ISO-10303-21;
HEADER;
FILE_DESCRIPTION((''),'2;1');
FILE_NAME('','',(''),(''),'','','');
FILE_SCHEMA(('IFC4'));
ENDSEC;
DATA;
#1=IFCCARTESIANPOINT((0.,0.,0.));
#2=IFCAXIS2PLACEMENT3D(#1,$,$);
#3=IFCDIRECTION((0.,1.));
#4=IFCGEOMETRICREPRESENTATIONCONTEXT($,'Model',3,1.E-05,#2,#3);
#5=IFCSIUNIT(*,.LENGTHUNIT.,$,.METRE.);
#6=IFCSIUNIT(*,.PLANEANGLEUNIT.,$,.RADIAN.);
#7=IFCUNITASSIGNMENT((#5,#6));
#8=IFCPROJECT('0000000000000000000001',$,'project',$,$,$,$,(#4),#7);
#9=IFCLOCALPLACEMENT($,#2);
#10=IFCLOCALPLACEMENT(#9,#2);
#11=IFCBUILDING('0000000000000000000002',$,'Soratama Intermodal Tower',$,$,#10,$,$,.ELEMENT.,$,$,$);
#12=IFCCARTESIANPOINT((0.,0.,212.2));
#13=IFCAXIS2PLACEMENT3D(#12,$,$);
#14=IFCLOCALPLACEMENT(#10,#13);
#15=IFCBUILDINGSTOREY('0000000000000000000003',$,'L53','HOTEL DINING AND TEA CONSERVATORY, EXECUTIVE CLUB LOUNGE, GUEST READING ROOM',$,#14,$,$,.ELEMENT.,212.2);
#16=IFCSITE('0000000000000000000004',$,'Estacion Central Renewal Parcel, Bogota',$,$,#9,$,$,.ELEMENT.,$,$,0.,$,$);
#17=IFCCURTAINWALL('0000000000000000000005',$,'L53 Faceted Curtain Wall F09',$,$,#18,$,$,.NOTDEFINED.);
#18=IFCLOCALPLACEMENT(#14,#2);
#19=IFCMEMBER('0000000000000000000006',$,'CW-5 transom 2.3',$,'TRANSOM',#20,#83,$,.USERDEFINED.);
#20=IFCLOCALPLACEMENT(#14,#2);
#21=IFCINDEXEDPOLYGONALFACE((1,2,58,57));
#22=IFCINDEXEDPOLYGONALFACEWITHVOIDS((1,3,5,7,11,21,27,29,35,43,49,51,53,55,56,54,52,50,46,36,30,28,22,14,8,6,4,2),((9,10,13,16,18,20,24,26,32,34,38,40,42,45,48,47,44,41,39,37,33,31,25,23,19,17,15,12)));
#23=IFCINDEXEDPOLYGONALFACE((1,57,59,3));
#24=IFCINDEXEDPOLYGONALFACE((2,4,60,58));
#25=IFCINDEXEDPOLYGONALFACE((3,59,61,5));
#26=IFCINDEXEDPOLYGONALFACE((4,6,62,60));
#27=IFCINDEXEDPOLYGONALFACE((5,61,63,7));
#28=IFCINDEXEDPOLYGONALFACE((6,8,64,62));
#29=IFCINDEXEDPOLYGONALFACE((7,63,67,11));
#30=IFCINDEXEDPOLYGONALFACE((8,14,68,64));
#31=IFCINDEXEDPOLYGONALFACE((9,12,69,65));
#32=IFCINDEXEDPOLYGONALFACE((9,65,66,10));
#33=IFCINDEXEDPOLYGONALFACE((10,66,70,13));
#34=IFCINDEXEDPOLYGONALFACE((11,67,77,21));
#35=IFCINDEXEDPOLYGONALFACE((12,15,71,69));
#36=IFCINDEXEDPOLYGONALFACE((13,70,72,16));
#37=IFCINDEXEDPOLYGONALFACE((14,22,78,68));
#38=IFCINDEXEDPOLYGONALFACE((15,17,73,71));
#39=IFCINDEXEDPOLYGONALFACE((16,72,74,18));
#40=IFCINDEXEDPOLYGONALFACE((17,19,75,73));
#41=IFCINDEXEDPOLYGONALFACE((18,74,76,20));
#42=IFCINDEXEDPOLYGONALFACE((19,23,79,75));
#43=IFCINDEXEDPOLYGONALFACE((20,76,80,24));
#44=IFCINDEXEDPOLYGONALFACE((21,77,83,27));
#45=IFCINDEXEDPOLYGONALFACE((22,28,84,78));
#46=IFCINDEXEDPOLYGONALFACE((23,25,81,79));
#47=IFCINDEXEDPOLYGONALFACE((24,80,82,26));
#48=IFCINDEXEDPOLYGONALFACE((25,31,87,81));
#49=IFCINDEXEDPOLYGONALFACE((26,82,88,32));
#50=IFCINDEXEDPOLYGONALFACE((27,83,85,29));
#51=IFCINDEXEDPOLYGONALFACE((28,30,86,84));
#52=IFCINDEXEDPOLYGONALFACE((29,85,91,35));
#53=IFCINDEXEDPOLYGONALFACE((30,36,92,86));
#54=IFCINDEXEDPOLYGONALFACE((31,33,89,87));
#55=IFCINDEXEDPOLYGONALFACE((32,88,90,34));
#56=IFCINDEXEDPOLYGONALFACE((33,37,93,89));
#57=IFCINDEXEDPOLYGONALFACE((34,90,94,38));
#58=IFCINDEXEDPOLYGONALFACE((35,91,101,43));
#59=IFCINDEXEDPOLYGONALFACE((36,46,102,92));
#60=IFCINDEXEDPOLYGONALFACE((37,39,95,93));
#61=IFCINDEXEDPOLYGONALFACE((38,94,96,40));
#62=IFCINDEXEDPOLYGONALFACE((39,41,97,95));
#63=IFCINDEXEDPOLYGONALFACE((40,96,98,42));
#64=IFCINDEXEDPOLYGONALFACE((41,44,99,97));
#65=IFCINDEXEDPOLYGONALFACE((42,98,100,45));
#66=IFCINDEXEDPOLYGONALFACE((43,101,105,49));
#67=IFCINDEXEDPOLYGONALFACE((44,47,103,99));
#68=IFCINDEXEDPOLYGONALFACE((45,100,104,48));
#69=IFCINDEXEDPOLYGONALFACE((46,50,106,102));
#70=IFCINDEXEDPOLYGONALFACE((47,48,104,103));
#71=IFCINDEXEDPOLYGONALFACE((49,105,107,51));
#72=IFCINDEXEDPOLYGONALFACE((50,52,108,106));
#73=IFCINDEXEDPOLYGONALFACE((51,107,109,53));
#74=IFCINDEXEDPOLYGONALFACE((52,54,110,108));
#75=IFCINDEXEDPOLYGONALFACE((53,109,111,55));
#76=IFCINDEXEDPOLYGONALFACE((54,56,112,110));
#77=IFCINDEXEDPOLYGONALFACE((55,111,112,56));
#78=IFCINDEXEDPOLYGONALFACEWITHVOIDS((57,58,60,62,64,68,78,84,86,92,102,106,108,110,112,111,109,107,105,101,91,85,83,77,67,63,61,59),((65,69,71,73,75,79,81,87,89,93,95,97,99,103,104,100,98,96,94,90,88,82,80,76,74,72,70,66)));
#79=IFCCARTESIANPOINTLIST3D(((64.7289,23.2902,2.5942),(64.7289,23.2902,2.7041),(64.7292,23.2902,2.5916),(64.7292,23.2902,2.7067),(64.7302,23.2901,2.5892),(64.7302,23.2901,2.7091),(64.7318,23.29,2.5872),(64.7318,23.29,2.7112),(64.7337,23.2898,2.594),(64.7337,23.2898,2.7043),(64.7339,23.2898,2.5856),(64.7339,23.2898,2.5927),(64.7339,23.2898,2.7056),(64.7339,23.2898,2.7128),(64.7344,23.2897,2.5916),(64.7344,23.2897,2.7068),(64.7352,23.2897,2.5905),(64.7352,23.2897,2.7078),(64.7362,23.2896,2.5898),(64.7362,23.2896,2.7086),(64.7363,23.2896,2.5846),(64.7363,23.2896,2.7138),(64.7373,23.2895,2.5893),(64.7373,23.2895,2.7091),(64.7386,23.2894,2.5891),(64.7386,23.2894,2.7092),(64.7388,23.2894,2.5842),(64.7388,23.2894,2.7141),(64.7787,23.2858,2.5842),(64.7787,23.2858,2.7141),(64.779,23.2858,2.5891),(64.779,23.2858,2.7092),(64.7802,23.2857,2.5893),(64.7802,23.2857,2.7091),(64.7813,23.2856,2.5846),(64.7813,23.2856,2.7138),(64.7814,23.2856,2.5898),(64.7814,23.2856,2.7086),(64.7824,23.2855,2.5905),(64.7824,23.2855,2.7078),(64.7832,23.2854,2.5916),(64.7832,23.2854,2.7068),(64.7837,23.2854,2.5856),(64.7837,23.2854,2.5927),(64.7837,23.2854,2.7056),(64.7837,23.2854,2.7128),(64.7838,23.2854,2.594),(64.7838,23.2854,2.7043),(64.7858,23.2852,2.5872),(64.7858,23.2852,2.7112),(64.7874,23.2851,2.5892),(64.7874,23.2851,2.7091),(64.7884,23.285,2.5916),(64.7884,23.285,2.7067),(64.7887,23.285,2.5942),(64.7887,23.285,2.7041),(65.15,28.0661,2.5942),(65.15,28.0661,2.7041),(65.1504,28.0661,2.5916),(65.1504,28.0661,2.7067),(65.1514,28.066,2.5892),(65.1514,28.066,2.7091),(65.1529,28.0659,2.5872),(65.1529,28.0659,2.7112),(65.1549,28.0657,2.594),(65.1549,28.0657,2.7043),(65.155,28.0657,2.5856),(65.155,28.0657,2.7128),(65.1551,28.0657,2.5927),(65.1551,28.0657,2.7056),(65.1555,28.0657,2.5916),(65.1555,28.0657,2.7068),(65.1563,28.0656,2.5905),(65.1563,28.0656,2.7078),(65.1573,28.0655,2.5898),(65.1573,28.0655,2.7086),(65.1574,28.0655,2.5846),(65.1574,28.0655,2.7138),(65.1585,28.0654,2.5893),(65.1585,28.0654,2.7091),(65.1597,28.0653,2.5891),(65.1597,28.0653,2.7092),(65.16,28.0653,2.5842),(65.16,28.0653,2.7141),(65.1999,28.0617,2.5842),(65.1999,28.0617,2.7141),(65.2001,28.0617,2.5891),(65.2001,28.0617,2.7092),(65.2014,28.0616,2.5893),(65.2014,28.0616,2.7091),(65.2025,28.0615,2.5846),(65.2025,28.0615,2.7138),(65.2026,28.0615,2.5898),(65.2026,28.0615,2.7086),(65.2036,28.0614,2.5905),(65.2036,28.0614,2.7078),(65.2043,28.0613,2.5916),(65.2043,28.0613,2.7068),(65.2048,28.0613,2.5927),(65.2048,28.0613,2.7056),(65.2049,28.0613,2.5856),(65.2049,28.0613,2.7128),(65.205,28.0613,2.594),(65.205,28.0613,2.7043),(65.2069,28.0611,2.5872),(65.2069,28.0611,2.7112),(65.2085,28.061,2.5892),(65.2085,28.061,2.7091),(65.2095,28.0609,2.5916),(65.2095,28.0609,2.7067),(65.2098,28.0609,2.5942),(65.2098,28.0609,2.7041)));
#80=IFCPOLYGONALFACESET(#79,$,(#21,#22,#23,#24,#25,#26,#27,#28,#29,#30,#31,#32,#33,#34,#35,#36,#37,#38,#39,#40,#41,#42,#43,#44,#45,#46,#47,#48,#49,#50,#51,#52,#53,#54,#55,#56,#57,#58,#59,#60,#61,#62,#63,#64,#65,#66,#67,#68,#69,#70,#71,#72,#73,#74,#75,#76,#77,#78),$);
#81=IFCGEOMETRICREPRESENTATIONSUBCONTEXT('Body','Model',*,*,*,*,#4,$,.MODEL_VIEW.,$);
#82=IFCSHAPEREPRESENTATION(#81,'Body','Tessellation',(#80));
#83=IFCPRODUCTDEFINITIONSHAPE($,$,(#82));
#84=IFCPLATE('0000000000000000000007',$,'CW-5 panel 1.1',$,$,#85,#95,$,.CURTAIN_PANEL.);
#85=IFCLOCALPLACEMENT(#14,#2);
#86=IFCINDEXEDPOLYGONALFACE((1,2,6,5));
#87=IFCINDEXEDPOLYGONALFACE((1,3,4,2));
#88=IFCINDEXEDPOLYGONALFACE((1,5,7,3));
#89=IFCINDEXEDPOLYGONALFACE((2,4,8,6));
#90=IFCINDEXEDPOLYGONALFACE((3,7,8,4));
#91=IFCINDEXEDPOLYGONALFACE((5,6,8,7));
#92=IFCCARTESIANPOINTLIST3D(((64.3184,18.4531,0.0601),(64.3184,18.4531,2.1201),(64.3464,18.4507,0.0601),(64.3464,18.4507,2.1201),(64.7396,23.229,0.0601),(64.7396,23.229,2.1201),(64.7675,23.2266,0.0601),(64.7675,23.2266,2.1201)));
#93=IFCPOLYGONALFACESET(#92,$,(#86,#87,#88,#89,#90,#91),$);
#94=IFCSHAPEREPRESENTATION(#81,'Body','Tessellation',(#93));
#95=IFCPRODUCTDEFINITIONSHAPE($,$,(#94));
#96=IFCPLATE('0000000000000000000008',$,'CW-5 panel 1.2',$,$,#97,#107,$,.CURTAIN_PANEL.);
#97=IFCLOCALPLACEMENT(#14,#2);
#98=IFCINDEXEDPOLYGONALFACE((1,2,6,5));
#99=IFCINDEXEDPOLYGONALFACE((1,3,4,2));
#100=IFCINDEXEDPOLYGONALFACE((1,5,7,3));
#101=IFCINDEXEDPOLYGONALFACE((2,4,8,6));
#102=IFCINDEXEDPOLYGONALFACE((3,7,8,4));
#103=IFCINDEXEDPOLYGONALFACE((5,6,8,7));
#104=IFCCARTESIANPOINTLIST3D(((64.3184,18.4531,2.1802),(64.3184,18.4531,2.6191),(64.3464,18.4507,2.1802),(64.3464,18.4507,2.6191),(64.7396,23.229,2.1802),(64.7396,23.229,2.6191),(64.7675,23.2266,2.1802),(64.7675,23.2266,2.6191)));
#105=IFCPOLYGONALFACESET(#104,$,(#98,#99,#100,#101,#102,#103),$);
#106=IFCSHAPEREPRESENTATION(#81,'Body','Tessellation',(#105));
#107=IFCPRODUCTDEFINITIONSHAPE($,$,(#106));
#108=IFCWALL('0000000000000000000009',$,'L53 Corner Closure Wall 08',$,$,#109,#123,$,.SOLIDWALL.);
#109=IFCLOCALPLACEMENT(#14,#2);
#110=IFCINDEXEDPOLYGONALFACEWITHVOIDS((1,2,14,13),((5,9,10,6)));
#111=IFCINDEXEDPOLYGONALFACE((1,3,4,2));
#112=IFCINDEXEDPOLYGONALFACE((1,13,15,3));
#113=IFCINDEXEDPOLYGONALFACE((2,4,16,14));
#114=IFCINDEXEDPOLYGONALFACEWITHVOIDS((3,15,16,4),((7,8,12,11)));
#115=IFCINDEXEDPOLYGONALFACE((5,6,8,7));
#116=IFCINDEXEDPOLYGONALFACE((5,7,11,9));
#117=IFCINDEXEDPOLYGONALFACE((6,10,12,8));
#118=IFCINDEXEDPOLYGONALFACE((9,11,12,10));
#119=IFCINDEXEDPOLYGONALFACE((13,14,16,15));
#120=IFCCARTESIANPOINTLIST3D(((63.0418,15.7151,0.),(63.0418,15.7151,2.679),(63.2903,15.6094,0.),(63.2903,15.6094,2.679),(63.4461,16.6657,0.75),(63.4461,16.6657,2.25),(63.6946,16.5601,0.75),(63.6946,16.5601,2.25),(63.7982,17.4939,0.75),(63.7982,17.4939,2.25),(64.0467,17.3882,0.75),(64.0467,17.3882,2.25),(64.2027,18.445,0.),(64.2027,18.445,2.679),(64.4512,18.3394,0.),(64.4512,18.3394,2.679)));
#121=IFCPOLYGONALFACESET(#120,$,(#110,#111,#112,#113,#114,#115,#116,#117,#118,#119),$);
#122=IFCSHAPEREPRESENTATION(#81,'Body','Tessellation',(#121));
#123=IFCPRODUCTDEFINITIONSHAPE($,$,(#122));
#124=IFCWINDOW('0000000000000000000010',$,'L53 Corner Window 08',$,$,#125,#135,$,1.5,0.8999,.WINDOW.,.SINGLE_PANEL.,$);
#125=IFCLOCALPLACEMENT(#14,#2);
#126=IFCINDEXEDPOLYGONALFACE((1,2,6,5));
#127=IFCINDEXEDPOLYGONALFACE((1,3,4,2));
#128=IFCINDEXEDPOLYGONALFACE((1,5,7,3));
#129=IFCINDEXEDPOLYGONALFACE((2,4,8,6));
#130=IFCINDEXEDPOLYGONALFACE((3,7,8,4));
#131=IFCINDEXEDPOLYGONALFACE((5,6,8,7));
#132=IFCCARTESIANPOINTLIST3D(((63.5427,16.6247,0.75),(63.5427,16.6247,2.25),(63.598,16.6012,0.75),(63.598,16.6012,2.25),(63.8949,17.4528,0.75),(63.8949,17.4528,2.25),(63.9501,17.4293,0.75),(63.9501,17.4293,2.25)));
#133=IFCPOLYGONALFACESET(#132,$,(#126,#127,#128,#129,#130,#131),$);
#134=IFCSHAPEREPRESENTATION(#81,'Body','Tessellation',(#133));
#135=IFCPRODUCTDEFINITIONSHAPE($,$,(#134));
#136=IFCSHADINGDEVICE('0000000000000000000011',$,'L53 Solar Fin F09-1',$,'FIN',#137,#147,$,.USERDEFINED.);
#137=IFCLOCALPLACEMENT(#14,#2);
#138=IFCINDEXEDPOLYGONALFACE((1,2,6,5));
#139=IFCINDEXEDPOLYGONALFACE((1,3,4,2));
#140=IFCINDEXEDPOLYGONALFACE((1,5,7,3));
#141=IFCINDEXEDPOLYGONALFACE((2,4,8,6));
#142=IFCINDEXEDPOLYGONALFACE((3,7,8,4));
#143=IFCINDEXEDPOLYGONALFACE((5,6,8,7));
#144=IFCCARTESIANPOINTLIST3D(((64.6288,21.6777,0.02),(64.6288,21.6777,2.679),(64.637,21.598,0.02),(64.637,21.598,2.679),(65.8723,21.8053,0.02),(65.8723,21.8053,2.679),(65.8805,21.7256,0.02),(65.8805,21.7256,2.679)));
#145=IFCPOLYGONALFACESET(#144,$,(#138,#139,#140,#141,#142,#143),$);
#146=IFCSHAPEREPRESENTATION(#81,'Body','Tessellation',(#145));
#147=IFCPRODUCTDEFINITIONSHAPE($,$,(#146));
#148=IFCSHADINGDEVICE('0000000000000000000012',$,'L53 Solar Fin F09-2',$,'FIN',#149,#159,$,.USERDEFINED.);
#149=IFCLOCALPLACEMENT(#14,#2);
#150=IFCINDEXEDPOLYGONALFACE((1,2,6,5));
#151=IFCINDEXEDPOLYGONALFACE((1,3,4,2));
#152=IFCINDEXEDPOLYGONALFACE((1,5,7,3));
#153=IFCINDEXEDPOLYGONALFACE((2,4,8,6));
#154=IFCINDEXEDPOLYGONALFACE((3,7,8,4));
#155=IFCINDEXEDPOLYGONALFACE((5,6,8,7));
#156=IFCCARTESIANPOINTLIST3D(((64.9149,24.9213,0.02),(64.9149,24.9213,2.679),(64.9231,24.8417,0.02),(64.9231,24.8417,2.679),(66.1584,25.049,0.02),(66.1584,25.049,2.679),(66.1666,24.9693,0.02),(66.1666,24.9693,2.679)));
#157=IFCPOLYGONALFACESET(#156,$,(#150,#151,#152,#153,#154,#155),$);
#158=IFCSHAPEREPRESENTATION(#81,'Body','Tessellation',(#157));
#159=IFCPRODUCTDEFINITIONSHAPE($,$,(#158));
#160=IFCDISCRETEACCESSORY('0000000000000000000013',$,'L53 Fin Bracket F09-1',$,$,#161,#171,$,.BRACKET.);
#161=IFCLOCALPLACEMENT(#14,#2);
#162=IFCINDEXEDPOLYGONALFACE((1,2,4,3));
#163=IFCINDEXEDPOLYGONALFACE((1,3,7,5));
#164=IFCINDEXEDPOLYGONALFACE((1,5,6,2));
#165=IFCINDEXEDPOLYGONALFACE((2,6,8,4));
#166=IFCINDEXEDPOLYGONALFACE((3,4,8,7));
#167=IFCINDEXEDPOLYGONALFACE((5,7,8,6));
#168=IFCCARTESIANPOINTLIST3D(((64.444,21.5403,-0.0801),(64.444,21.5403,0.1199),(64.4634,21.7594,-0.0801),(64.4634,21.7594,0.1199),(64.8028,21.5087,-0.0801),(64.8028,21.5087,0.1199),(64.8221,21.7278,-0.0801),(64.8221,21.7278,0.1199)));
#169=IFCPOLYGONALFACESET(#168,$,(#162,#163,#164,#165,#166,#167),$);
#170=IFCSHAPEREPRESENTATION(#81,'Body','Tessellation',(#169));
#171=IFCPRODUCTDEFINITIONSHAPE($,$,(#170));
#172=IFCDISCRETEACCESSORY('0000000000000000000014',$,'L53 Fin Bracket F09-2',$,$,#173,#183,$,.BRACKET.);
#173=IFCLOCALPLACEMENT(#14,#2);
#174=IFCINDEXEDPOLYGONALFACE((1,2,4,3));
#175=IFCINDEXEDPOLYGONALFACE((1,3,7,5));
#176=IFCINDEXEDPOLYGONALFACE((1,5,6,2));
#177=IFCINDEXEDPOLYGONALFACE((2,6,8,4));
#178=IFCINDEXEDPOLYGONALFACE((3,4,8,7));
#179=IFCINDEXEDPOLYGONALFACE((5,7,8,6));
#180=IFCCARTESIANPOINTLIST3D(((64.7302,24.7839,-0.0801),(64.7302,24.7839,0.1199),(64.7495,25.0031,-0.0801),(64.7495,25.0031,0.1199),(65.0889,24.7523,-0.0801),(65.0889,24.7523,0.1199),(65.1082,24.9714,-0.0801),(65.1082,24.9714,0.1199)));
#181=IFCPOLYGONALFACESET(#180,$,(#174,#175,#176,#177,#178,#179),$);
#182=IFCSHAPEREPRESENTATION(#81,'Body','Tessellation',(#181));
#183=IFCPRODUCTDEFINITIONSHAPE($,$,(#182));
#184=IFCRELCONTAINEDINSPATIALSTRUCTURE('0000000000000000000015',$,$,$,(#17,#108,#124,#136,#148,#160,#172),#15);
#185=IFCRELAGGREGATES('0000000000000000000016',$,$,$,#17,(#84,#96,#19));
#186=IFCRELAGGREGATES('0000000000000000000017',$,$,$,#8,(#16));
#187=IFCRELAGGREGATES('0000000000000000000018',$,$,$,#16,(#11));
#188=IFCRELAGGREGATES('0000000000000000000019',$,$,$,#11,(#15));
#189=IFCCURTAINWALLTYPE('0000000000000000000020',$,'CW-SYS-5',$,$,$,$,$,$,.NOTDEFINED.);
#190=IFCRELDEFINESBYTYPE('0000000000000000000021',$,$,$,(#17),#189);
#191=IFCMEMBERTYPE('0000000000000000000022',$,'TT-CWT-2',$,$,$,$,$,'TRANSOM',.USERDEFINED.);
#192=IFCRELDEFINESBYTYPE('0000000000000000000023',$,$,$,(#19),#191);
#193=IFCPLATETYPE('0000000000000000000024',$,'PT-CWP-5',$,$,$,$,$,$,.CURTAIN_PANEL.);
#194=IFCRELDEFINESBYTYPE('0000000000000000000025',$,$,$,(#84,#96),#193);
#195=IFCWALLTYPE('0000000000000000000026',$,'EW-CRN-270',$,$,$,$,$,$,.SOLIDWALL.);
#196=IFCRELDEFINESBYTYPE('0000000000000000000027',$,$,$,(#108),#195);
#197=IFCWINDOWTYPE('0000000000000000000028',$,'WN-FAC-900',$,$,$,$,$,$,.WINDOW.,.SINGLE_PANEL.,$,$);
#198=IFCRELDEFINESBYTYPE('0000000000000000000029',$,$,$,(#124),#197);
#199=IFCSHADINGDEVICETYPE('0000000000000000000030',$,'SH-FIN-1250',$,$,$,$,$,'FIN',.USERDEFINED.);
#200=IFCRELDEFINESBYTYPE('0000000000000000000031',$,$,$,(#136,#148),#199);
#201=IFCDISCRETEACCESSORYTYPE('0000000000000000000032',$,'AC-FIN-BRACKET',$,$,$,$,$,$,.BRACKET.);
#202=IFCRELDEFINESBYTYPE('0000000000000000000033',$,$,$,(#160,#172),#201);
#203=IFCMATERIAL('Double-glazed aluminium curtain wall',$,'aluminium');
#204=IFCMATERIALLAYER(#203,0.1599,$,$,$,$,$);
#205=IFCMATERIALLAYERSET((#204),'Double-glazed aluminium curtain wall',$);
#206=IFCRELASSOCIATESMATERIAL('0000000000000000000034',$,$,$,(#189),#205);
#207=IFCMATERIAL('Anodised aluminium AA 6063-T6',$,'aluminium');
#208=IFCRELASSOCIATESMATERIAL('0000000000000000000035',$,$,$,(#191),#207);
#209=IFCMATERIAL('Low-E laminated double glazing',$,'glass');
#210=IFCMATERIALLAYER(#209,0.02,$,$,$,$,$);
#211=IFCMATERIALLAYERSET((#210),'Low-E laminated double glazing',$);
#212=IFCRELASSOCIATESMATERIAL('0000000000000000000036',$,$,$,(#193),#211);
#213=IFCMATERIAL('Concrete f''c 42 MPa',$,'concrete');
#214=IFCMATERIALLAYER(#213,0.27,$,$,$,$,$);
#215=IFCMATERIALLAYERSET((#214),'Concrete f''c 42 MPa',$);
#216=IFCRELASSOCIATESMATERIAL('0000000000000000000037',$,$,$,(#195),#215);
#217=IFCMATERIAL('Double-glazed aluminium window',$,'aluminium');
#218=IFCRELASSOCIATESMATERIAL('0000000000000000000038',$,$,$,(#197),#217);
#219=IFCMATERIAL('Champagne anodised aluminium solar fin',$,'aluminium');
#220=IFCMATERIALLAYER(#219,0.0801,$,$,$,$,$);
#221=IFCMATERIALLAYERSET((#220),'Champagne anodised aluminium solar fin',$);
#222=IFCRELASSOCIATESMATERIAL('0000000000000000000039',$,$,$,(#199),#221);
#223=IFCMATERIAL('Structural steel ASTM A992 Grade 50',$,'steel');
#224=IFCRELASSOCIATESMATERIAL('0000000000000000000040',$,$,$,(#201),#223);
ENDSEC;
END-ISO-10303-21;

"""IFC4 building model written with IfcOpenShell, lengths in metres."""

from ifc_helpers import new_model, si_unit, direction, frame, frame_2d, origin, origin_2d, place, context, subcontext, project, spatial, rectangle, hollow_rectangle, extrude, material, layer, layer_set, material_profile, profile_set, type_object, element, fill, aggregate, save


model = new_model("IFC4")

# Units and contexts
model_context = context("Model", 3, precision=1e-05, world=origin(), true_north=direction((0.0, 1.0)))
body_context = subcontext(model_context, "Body", "Model", "MODEL_VIEW")
ifc_project = project(units=[si_unit("LENGTHUNIT", "METRE"), si_unit("PLANEANGLEUNIT", "RADIAN")], contexts=[model_context])

# Site, building, storey
site_placement = place(None, origin())
site = spatial("IfcSite", under=ifc_project, at=site_placement, Name="Estacion Central Renewal Parcel, Bogota", CompositionType="ELEMENT", RefElevation=0.0)
building_placement = place(site_placement, origin())
building = spatial("IfcBuilding", under=site, at=building_placement, Name="Soratama Intermodal Tower", CompositionType="ELEMENT")
storey_placement = place(building_placement, frame((0.0, 0.0, 212.2)))
storey = spatial("IfcBuildingStorey", under=building, at=storey_placement, Name="L53", Description="HOTEL DINING AND TEA CONSERVATORY, EXECUTIVE CLUB LOUNGE, GUEST READING ROOM", CompositionType="ELEMENT", Elevation=212.2)

# Shared definitions
ifc_material_1 = material(Name="Double-glazed aluminium curtain wall", Category="aluminium")
ifc_layer_1 = layer(ifc_material_1, 0.1599)
ifc_layer_set_1 = layer_set([ifc_layer_1], Name="Double-glazed aluminium curtain wall")
curtain_wall_type = type_object("IfcCurtainWallType", Name="CW-SYS-5", PredefinedType="NOTDEFINED", material=ifc_layer_set_1)

# Curtain wall, member, plates
curtain_wall_1_placement = place(storey_placement, origin())
curtain_wall_1 = element("IfcCurtainWall", 1, at=curtain_wall_1_placement, inside=storey, type_object=curtain_wall_type, Name="L53 Faceted Curtain Wall F09", PredefinedType="NOTDEFINED")
ifc_material_2 = material(Name="Anodised aluminium AA 6063-T6", Category="aluminium")
ifc_material_profile_1 = material_profile(ifc_material_2, hollow_rectangle(XDim=0.0601, YDim=0.1299, WallThickness=0.0049, InnerFilletRadius=0.0049, OuterFilletRadius=0.01, at=origin_2d()), Name="CWT130X60X5")
ifc_profile_set_1 = profile_set([ifc_material_profile_1], Name="Anodised aluminium AA 6063-T6")
member_type_1 = type_object("IfcMemberType", Name="TT-CWT-2", ElementType="TRANSOM", PredefinedType="USERDEFINED", material=ifc_profile_set_1)
member_1_placement = place(storey_placement, frame((64.7588, 23.2876, 2.6492), z_axis=(0.08784, 0.996135, 0.0), x_axis=(-0.996135, 0.08784, 0.0)))
member_1 = element("IfcMember", 2, at=member_1_placement, type_object=member_type_1, Name="CW-5 transom 2.3", ObjectType="TRANSOM", PredefinedType="USERDEFINED", context=body_context, shape_type="SweptSolid", body=[
    extrude(hollow_rectangle(XDim=0.0601, YDim=0.1299, WallThickness=0.0049, InnerFilletRadius=0.0049, OuterFilletRadius=0.01, at=origin_2d()), origin(), (0.0, 0.0, 1.0), 4.7944),
])
ifc_material_3 = material(Name="Low-E laminated double glazing", Category="glass")
ifc_layer_2 = layer(ifc_material_3, 0.02)
ifc_layer_set_2 = layer_set([ifc_layer_2], Name="Low-E laminated double glazing")
plate_type = type_object("IfcPlateType", Name="PT-CWP-5", PredefinedType="CURTAIN_PANEL", material=ifc_layer_set_2)
plate_1_placement = place(storey_placement, frame((64.543, 20.8398, 0.0601), z_axis=(0.0, 0.0, 1.0), x_axis=(0.08785, 0.996134, 0.0)))
plate_1 = element("IfcPlate", 3, at=plate_1_placement, type_object=plate_type, Name="CW-5 panel 1.1", PredefinedType="CURTAIN_PANEL", context=body_context, shape_type="SweptSolid", body=[
    extrude(rectangle(XDim=4.7944, YDim=0.0281, at=origin_2d()), origin(), (0.0, 0.0, 1.0), 2.0601),
])
plate_2_placement = place(storey_placement, frame((64.543, 20.8398, 2.1802), z_axis=(0.0, 0.0, 1.0), x_axis=(0.08785, 0.996134, 0.0)))
plate_2 = element("IfcPlate", 4, at=plate_2_placement, type_object=plate_type, Name="CW-5 panel 1.2", PredefinedType="CURTAIN_PANEL", context=body_context, shape_type="SweptSolid", body=[
    extrude(rectangle(XDim=4.7944, YDim=0.0281, at=origin_2d()), origin(), (0.0, 0.0, 1.0), 0.439),
])
aggregate(curtain_wall_1, [plate_1, plate_2, member_1])

# Wall, opening, window
ifc_material_4 = material(Name="Concrete f'c 42 MPa", Category="concrete")
ifc_layer_3 = layer(ifc_material_4, 0.27)
ifc_layer_set_3 = layer_set([ifc_layer_3], Name="Concrete f'c 42 MPa")
wall_type = type_object("IfcWallType", Name="EW-CRN-270", PredefinedType="SOLIDWALL", material=ifc_layer_set_3)
wall_placement = place(storey_placement, frame((63.166, 15.6621, 0.0), z_axis=(0.0, 0.0, 1.0), x_axis=(0.391325, 0.920252, 0.0)))
wall = element("IfcWall", 5, at=wall_placement, inside=storey, type_object=wall_type, Name="L53 Corner Closure Wall 08", PredefinedType="SOLIDWALL", context=body_context, shape_type="SweptSolid", body=[
    extrude(rectangle(XDim=2.9666, YDim=0.27, at=frame_2d((1.4834, 0.0))), origin(), (0.0, 0.0, 1.0), 2.679),
])
opening_placement = place(wall_placement, frame((1.0332, 0.0, 0.75)))
opening = element("IfcOpeningElement", 6, at=opening_placement, cuts=wall, PredefinedType="OPENING", context=body_context, shape_type="SweptSolid", body=[
    extrude(rectangle(XDim=0.8999, YDim=1.5, at=frame_2d((0.45, 0.75))), frame((0.0, 0.145, 0.0), z_axis=(0.0, -1.0, 0.0), x_axis=(1.0, 0.0, 0.0)), (0.0, 0.0, 1.0), 0.29),
])
ifc_material_5 = material(Name="Double-glazed aluminium window", Category="aluminium")
window_type = type_object("IfcWindowType", Name="WN-FAC-900", PartitioningType="SINGLE_PANEL", PredefinedType="WINDOW", material=ifc_material_5)
window_placement = place(opening_placement, origin())
window = element("IfcWindow", 7, at=window_placement, inside=storey, type_object=window_type, Name="L53 Corner Window 08", OverallHeight=1.5, OverallWidth=0.8999, PartitioningType="SINGLE_PANEL", PredefinedType="WINDOW", context=body_context, shape_type="SweptSolid", body=[
    extrude(rectangle(XDim=0.8999, YDim=1.5, at=frame_2d((0.45, 0.75))), frame((0.0, 0.03, 0.0), z_axis=(0.0, -1.0, 0.0), x_axis=(1.0, 0.0, 0.0)), (0.0, 0.0, 1.0), 0.0601),
])
fill(opening, window)

# Shading devices
ifc_material_6 = material(Name="Champagne anodised aluminium solar fin", Category="aluminium")
ifc_layer_4 = layer(ifc_material_6, 0.0801)
ifc_layer_set_4 = layer_set([ifc_layer_4], Name="Champagne anodised aluminium solar fin")
shading_device_type = type_object("IfcShadingDeviceType", Name="SH-FIN-1250", ElementType="FIN", PredefinedType="USERDEFINED", material=ifc_layer_set_4)
for number, where, z_axis, x_axis, name in (
    (8, (65.2546, 21.7017, 0.02), (0.0, 0.0, 1.0), (0.994774, 0.102098, 0.0), "L53 Solar Fin F09-1"),
    (9, (65.5408, 24.9453, 0.02), (0.0, 0.0, 1.0), (0.994774, 0.102098, 0.0), "L53 Solar Fin F09-2"),
):
    element("IfcShadingDevice", number, at=place(storey_placement, frame(where, z_axis=z_axis, x_axis=x_axis)), inside=storey, type_object=shading_device_type, Name=name, ObjectType="FIN", PredefinedType="USERDEFINED", context=body_context, shape_type="SweptSolid", body=[
        extrude(rectangle(XDim=1.25, YDim=0.0801, at=origin_2d()), origin(), (0.0, 0.0, 1.0), 2.6589),
    ])

# Discrete accessories
ifc_material_7 = material(Name="Structural steel ASTM A992 Grade 50", Category="steel")
discrete_accessory_type = type_object("IfcDiscreteAccessoryType", Name="AC-FIN-BRACKET", PredefinedType="BRACKET", material=ifc_material_7)
for number, where, z_axis, x_axis, name in (
    (10, (64.6331, 21.634, -0.0801), (0.0, 0.0, 1.0), (0.996134, -0.087851, 0.0), "L53 Fin Bracket F09-1"),
    (11, (64.9192, 24.8777, -0.0801), (0.0, 0.0, 1.0), (0.996134, -0.087851, 0.0), "L53 Fin Bracket F09-2"),
):
    element("IfcDiscreteAccessory", number, at=place(storey_placement, frame(where, z_axis=z_axis, x_axis=x_axis)), inside=storey, type_object=discrete_accessory_type, Name=name, PredefinedType="BRACKET", context=body_context, shape_type="SweptSolid", body=[
        extrude(rectangle(XDim=0.3601, YDim=0.22, at=origin_2d()), origin(), (0.0, 0.0, 1.0), 0.2),
    ])

save(model, "model.ifc")
